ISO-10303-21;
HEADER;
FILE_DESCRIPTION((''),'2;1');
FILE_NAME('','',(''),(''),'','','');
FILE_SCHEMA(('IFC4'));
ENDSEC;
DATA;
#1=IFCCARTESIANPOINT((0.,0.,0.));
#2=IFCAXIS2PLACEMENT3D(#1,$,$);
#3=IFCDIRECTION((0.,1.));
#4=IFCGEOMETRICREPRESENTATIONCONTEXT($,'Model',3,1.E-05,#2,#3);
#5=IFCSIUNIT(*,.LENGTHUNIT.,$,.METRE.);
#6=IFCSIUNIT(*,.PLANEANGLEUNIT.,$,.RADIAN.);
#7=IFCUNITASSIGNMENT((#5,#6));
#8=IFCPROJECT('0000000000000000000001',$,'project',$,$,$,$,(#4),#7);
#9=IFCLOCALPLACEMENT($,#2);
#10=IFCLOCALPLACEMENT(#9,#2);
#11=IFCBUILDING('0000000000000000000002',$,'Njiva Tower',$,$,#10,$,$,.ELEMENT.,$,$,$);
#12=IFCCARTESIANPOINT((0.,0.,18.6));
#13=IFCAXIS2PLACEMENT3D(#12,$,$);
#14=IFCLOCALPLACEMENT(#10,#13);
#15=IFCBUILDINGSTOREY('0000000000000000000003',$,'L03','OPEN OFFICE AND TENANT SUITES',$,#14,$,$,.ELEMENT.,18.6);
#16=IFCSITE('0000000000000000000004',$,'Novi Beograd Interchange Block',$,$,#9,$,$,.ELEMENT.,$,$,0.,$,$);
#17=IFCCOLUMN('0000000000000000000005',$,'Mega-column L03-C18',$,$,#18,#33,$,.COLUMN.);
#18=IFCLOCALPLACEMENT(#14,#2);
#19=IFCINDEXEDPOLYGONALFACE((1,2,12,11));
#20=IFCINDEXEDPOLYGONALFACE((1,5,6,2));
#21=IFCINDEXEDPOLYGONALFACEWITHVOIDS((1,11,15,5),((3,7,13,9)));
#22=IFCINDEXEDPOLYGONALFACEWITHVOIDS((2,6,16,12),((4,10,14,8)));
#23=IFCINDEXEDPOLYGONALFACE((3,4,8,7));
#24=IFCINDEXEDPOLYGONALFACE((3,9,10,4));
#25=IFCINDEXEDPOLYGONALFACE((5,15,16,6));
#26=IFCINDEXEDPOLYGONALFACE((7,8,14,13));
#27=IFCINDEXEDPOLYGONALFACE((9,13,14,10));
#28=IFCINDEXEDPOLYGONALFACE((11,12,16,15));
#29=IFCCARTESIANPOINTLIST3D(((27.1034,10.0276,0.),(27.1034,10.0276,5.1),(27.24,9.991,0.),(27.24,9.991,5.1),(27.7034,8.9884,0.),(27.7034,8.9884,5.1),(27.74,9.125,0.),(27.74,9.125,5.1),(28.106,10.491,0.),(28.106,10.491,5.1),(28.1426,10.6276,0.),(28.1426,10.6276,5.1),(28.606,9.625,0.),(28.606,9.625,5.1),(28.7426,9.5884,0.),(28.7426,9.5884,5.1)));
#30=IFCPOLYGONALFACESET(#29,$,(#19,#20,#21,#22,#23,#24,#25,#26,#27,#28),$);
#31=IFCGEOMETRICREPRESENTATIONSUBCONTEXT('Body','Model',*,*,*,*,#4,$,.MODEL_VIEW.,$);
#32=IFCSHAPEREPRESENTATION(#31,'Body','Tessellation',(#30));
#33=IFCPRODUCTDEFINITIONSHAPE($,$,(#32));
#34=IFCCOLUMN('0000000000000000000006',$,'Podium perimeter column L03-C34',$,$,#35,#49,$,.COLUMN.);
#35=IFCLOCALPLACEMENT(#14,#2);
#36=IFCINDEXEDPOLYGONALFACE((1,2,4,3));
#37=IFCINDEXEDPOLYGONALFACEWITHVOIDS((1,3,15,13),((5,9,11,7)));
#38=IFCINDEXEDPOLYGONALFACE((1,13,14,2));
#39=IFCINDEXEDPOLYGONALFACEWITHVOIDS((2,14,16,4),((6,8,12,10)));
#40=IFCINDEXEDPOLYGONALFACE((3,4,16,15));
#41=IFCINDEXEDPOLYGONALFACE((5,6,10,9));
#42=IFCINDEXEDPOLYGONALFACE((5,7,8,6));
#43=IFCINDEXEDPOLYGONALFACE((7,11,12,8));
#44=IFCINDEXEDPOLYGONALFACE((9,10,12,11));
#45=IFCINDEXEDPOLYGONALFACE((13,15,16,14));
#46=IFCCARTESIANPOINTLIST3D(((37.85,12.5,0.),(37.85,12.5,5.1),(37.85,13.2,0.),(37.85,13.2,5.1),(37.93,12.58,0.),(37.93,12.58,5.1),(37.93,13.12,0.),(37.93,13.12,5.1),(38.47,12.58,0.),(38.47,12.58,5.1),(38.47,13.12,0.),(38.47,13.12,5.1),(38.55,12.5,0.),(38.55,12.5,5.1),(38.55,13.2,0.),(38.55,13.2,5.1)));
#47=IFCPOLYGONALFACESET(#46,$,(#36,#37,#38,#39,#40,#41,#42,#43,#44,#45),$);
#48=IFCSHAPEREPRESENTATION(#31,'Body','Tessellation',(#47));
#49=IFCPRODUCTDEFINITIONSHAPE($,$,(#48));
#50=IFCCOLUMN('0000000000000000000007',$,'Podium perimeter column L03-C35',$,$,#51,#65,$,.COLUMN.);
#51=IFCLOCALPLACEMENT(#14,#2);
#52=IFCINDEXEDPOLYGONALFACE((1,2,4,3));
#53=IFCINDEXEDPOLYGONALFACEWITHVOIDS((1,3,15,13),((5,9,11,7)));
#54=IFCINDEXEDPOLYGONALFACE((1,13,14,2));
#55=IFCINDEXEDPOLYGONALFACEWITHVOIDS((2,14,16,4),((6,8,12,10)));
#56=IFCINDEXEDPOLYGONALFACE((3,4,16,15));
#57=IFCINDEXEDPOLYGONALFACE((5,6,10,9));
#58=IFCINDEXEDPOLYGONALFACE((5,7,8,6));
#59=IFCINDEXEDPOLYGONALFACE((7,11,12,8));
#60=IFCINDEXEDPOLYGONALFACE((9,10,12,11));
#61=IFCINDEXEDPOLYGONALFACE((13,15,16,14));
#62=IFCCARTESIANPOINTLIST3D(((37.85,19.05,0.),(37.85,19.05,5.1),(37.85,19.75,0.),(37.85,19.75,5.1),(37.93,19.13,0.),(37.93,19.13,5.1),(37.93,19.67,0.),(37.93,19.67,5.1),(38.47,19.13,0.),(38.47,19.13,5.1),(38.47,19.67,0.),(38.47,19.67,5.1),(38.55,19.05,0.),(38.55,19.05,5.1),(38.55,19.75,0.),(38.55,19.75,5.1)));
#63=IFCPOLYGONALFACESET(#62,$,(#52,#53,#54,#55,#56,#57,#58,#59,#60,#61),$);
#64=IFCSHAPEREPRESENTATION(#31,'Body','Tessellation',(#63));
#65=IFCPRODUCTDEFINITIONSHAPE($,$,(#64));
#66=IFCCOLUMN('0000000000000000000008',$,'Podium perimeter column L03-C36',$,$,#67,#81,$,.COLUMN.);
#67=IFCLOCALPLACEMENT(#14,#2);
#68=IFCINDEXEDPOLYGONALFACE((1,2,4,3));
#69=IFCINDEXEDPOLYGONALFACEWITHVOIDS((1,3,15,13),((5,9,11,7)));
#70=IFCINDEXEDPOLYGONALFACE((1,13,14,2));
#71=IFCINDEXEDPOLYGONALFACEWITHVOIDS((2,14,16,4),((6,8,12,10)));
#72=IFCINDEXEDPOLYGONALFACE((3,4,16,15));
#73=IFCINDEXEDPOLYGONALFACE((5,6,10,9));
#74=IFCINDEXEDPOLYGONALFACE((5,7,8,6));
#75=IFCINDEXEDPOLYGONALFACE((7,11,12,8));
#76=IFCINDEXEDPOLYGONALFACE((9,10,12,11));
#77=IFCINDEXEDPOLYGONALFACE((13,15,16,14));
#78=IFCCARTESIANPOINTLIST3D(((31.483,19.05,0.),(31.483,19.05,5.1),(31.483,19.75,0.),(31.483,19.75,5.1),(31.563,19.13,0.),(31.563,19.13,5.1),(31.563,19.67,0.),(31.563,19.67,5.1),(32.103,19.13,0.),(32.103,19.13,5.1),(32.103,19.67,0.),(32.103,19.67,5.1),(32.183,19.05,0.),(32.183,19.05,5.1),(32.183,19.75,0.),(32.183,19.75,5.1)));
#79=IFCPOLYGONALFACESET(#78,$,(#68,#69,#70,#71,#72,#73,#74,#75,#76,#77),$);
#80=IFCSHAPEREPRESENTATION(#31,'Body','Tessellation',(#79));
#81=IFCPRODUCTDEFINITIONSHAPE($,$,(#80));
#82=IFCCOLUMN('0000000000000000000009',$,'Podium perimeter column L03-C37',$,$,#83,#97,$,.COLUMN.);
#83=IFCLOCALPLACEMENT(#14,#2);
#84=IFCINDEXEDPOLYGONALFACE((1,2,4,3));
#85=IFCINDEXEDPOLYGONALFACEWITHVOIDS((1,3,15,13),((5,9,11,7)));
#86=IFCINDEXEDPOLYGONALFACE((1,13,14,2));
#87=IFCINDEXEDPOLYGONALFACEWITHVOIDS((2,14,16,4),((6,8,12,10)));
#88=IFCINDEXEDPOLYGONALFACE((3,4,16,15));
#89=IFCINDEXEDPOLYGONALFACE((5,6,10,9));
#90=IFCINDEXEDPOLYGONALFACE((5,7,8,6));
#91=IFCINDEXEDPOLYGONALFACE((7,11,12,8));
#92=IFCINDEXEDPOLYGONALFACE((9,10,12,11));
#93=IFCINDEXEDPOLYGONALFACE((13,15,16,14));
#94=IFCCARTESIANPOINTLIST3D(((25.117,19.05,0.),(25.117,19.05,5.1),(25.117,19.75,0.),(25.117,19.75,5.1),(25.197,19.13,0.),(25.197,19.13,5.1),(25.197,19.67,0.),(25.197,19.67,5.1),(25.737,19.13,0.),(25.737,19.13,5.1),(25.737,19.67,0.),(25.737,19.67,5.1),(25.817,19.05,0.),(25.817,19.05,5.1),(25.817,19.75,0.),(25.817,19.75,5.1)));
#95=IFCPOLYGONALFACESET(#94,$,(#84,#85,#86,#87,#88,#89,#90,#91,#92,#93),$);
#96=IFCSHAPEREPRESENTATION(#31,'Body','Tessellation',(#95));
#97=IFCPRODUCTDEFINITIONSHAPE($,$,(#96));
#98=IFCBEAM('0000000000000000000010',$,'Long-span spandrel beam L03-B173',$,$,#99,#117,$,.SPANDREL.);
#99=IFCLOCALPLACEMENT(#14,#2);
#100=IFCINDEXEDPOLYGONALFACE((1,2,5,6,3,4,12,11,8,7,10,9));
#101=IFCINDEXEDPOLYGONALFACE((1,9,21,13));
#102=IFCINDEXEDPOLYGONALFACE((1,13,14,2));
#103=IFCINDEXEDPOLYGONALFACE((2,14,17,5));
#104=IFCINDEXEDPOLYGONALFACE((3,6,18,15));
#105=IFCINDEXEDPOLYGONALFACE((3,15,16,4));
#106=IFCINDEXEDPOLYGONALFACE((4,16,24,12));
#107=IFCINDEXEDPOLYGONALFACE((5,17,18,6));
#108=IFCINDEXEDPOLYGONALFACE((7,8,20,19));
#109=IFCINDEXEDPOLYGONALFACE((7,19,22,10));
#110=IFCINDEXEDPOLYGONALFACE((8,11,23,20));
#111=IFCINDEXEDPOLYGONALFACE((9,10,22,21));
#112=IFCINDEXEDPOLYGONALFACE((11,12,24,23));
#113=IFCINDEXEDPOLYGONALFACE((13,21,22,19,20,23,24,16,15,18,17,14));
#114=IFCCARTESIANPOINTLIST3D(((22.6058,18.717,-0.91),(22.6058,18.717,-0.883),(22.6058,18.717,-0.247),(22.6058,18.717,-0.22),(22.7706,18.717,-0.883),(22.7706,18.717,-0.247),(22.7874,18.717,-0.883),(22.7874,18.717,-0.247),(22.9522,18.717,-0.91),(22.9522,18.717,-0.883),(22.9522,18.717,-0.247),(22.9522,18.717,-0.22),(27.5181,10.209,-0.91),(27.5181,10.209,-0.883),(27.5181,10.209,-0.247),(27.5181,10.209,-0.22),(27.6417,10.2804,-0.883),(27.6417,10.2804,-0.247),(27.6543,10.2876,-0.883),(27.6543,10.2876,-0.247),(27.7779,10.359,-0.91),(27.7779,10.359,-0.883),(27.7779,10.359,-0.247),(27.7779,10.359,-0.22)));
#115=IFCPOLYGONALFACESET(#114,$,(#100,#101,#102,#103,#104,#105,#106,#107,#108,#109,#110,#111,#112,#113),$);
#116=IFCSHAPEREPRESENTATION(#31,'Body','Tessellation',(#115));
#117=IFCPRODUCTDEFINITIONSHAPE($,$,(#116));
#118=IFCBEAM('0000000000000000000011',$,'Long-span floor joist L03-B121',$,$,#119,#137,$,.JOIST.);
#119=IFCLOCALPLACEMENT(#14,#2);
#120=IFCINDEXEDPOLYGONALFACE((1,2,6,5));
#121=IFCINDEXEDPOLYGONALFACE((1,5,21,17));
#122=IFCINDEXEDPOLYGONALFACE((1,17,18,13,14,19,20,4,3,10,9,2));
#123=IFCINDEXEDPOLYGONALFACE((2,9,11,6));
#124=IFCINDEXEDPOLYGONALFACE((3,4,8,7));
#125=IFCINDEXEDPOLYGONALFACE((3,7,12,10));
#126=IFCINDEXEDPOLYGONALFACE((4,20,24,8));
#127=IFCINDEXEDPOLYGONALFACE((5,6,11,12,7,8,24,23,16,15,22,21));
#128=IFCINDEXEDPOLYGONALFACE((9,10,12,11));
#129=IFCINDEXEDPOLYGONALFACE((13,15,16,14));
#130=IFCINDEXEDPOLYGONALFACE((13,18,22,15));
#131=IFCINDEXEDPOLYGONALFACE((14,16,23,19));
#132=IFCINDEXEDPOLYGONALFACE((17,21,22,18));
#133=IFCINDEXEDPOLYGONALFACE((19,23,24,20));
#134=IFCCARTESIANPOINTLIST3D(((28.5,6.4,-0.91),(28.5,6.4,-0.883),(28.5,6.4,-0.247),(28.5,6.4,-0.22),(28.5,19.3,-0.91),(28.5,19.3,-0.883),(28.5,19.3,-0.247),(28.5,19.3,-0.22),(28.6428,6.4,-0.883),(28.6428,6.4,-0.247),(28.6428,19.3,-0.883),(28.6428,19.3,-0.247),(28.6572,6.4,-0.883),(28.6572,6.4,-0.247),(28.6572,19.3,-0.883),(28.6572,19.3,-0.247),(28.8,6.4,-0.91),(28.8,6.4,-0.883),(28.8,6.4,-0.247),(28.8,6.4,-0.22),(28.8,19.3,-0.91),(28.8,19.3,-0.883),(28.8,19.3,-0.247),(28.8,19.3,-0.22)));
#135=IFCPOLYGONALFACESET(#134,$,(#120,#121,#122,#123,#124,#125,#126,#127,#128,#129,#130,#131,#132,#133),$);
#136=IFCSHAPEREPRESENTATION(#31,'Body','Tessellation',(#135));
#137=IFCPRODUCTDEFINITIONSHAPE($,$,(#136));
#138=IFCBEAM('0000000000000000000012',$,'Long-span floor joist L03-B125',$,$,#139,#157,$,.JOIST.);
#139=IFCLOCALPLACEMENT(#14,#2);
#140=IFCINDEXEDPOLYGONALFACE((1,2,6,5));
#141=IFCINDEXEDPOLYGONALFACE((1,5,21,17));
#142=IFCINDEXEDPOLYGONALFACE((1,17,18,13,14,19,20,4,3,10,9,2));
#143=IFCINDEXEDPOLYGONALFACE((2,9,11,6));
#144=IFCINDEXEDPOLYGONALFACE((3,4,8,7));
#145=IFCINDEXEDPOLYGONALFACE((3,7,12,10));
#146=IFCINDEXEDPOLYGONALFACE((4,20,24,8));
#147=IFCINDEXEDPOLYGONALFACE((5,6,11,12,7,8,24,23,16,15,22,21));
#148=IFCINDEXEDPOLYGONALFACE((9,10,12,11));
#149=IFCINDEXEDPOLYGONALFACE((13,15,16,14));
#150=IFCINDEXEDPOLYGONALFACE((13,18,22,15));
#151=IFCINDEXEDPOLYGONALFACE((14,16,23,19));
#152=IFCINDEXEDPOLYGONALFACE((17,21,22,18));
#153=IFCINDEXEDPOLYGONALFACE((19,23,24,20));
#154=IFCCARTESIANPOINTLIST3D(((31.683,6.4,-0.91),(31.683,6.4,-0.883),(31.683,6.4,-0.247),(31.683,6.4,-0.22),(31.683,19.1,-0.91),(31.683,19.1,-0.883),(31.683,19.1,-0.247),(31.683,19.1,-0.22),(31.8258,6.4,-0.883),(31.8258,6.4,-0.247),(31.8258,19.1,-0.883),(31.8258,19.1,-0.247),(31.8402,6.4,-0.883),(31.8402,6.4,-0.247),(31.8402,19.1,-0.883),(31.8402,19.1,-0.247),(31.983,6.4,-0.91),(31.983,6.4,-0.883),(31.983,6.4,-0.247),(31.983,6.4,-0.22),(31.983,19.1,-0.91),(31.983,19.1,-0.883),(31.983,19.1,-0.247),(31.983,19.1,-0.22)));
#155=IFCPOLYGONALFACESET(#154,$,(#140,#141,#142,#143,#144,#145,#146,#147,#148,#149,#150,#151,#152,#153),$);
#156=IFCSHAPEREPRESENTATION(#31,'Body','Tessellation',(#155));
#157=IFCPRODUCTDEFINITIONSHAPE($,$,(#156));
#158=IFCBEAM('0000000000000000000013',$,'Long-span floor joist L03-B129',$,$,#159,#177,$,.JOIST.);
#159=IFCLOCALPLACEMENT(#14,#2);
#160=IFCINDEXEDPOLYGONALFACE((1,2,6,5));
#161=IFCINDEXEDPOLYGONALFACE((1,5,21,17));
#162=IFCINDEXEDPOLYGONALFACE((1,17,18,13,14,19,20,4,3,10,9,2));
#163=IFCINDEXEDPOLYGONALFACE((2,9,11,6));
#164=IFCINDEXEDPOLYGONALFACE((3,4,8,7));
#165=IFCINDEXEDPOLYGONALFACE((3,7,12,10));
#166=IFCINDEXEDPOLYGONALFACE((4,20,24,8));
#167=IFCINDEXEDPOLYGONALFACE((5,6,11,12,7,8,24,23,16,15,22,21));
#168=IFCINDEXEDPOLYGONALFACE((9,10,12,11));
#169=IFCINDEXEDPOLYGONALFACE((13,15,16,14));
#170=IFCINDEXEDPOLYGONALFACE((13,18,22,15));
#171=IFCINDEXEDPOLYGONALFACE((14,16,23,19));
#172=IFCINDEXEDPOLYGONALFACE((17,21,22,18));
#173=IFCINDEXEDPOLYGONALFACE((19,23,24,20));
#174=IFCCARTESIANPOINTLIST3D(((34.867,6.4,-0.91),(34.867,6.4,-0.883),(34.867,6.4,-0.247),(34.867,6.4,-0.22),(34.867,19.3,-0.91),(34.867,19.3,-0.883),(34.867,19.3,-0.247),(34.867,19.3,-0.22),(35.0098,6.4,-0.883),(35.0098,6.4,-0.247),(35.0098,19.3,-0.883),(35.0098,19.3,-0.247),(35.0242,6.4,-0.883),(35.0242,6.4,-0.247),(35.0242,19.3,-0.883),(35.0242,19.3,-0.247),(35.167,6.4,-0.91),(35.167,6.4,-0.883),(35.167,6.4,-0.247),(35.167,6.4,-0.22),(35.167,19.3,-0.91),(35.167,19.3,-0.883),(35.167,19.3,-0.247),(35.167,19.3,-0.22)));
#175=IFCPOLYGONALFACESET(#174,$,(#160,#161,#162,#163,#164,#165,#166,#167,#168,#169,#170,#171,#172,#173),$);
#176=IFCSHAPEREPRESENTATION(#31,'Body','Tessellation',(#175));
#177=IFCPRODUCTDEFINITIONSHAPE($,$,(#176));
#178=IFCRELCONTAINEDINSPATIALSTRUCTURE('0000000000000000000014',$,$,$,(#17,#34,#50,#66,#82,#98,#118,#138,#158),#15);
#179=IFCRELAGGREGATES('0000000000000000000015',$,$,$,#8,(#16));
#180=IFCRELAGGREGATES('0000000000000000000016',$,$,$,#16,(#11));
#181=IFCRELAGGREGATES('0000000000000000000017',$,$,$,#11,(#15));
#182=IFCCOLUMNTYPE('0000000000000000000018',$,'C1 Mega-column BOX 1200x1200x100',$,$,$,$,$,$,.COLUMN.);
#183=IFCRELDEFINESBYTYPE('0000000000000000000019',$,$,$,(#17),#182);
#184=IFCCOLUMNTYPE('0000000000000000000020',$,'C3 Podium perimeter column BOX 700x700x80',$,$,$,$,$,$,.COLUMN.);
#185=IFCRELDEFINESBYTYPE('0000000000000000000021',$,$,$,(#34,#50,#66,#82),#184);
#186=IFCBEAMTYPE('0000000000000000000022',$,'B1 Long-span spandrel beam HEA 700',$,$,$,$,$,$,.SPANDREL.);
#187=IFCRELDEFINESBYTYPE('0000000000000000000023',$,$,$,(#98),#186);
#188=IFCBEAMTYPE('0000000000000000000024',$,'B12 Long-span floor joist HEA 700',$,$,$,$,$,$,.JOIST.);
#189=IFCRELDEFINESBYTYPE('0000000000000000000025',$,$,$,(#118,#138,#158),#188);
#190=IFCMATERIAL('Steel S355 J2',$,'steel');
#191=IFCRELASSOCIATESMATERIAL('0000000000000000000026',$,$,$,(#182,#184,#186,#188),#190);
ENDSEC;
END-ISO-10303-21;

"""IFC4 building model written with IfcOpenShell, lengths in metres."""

from ifc_helpers import new_model, si_unit, direction, frame, origin, origin_2d, place, context, subcontext, project, spatial, hollow_rectangle, i_section, extrude, clip, halfspace, material, material_profile, profile_set, type_object, element, save


model = new_model("IFC4")

# Units and contexts
model_context = context("Model", 3, precision=1e-05, world=origin(), true_north=direction((0.0, 1.0)))
body_context = subcontext(model_context, "Body", "Model", "MODEL_VIEW")
ifc_project = project(units=[si_unit("LENGTHUNIT", "METRE"), si_unit("PLANEANGLEUNIT", "RADIAN")], contexts=[model_context])

# Site, building, storey
site_placement = place(None, origin())
site = spatial("IfcSite", under=ifc_project, at=site_placement, Name="Novi Beograd Interchange Block", CompositionType="ELEMENT", RefElevation=0.0)
building_placement = place(site_placement, origin())
building = spatial("IfcBuilding", under=site, at=building_placement, Name="Njiva Tower", CompositionType="ELEMENT")
storey_placement = place(building_placement, frame((0.0, 0.0, 18.6)))
storey = spatial("IfcBuildingStorey", under=building, at=storey_placement, Name="L03", Description="OPEN OFFICE AND TENANT SUITES", CompositionType="ELEMENT", Elevation=18.6)

# Columns
ifc_material_1 = material(Name="Steel S355 J2", Category="steel")
ifc_material_profile_1 = material_profile(ifc_material_1, hollow_rectangle(XDim=1.2, YDim=1.2, WallThickness=0.1, at=origin_2d()), Name="BOX 1200x1200x100")
ifc_profile_set_1 = profile_set([ifc_material_profile_1], Name="Steel S355 J2")
column_type_1 = type_object("IfcColumnType", Name="C1 Mega-column BOX 1200x1200x100", PredefinedType="COLUMN", material=ifc_profile_set_1)
column_placement = place(storey_placement, frame((27.923, 9.808, 0.0), z_axis=(0.0, 0.0, 1.0), x_axis=(-0.5, 0.866025, 0.0)))
element("IfcColumn", 1, at=column_placement, inside=storey, type_object=column_type_1, Name="Mega-column L03-C18", PredefinedType="COLUMN", context=body_context, shape_type="SweptSolid", body=[
    extrude(hollow_rectangle(XDim=1.2, YDim=1.2, WallThickness=0.1, at=origin_2d()), origin(), (0.0, 0.0, 1.0), 5.1),
])
ifc_material_profile_2 = material_profile(ifc_material_1, hollow_rectangle(XDim=0.7, YDim=0.7, WallThickness=0.08, at=origin_2d()), Name="BOX 700x700x80")
ifc_profile_set_2 = profile_set([ifc_material_profile_2], Name="Steel S355 J2")
column_type_2 = type_object("IfcColumnType", Name="C3 Podium perimeter column BOX 700x700x80", PredefinedType="COLUMN", material=ifc_profile_set_2)
for number, where, z_axis, x_axis, name in (
    (2, (38.2, 12.85, 0.0), (0.0, 0.0, 1.0), (0.0, 1.0, 0.0), "Podium perimeter column L03-C34"),
    (3, (38.2, 19.4, 0.0), (0.0, 0.0, 1.0), (-1.0, 0.0, 0.0), "Podium perimeter column L03-C35"),
    (4, (31.833, 19.4, 0.0), (0.0, 0.0, 1.0), (-1.0, 0.0, 0.0), "Podium perimeter column L03-C36"),
    (5, (25.467, 19.4, 0.0), (0.0, 0.0, 1.0), (-1.0, 0.0, 0.0), "Podium perimeter column L03-C37"),
):
    element("IfcColumn", number, at=place(storey_placement, frame(where, z_axis=z_axis, x_axis=x_axis)), inside=storey, type_object=column_type_2, Name=name, PredefinedType="COLUMN", context=body_context, shape_type="SweptSolid", body=[
        extrude(hollow_rectangle(XDim=0.7, YDim=0.7, WallThickness=0.08, at=origin_2d()), origin(), (0.0, 0.0, 1.0), 5.1),
    ])

# Beams
ifc_material_profile_3 = material_profile(ifc_material_1, i_section(OverallWidth=0.3, OverallDepth=0.69, WebThickness=0.0145, FlangeThickness=0.027, at=origin_2d()), Name="HEA 700")
ifc_profile_set_3 = profile_set([ifc_material_profile_3], Name="Steel S355 J2")
beam_type_1 = type_object("IfcBeamType", Name="B1 Long-span spandrel beam HEA 700", PredefinedType="SPANDREL", material=ifc_profile_set_3)
beam_1_placement = place(storey_placement, frame((27.648, 10.284, -0.565), z_axis=(-0.500016, 0.866016, 0.0), x_axis=(-0.866016, -0.500016, 0.0)))
element("IfcBeam", 6, at=beam_1_placement, inside=storey, type_object=beam_type_1, Name="Long-span spandrel beam L03-B173", PredefinedType="SPANDREL", context=body_context, shape_type="Clipping", body=[
    clip(extrude(i_section(OverallWidth=0.3, OverallDepth=0.69, WebThickness=0.0145, FlangeThickness=0.027, at=origin_2d()), origin(), (0.0, 0.0, 1.0), 9.8447), halfspace(frame((-0.0248, 0.0, 9.7234), z_axis=(-0.500016, 0.0, 0.866016), x_axis=(0.0, 1.0, 0.0)), False)),
])
ifc_material_profile_4 = material_profile(ifc_material_1, i_section(OverallWidth=0.3, OverallDepth=0.69, WebThickness=0.0145, FlangeThickness=0.027, at=origin_2d()), Name="HEA 700")
ifc_profile_set_4 = profile_set([ifc_material_profile_4], Name="Steel S355 J2")
beam_type_2 = type_object("IfcBeamType", Name="B12 Long-span floor joist HEA 700", PredefinedType="JOIST", material=ifc_profile_set_4)
beam_2_placement = place(storey_placement, frame((28.65, 19.3, -0.565), z_axis=(0.0, -1.0, 0.0), x_axis=(1.0, 0.0, 0.0)))
element("IfcBeam", 7, at=beam_2_placement, inside=storey, type_object=beam_type_2, Name="Long-span floor joist L03-B121", PredefinedType="JOIST", context=body_context, shape_type="SweptSolid", body=[
    extrude(i_section(OverallWidth=0.3, OverallDepth=0.69, WebThickness=0.0145, FlangeThickness=0.027, at=origin_2d()), origin(), (0.0, 0.0, 1.0), 12.9),
])
beam_3_placement = place(storey_placement, frame((31.833, 19.1, -0.565), z_axis=(0.0, -1.0, 0.0), x_axis=(1.0, 0.0, 0.0)))
element("IfcBeam", 8, at=beam_3_placement, inside=storey, type_object=beam_type_2, Name="Long-span floor joist L03-B125", PredefinedType="JOIST", context=body_context, shape_type="SweptSolid", body=[
    extrude(i_section(OverallWidth=0.3, OverallDepth=0.69, WebThickness=0.0145, FlangeThickness=0.027, at=origin_2d()), origin(), (0.0, 0.0, 1.0), 12.7),
])
beam_4_placement = place(storey_placement, frame((35.017, 19.3, -0.565), z_axis=(0.0, -1.0, 0.0), x_axis=(1.0, 0.0, 0.0)))
element("IfcBeam", 9, at=beam_4_placement, inside=storey, type_object=beam_type_2, Name="Long-span floor joist L03-B129", PredefinedType="JOIST", context=body_context, shape_type="SweptSolid", body=[
    extrude(i_section(OverallWidth=0.3, OverallDepth=0.69, WebThickness=0.0145, FlangeThickness=0.027, at=origin_2d()), origin(), (0.0, 0.0, 1.0), 12.9),
])

save(model, "model.ifc")
